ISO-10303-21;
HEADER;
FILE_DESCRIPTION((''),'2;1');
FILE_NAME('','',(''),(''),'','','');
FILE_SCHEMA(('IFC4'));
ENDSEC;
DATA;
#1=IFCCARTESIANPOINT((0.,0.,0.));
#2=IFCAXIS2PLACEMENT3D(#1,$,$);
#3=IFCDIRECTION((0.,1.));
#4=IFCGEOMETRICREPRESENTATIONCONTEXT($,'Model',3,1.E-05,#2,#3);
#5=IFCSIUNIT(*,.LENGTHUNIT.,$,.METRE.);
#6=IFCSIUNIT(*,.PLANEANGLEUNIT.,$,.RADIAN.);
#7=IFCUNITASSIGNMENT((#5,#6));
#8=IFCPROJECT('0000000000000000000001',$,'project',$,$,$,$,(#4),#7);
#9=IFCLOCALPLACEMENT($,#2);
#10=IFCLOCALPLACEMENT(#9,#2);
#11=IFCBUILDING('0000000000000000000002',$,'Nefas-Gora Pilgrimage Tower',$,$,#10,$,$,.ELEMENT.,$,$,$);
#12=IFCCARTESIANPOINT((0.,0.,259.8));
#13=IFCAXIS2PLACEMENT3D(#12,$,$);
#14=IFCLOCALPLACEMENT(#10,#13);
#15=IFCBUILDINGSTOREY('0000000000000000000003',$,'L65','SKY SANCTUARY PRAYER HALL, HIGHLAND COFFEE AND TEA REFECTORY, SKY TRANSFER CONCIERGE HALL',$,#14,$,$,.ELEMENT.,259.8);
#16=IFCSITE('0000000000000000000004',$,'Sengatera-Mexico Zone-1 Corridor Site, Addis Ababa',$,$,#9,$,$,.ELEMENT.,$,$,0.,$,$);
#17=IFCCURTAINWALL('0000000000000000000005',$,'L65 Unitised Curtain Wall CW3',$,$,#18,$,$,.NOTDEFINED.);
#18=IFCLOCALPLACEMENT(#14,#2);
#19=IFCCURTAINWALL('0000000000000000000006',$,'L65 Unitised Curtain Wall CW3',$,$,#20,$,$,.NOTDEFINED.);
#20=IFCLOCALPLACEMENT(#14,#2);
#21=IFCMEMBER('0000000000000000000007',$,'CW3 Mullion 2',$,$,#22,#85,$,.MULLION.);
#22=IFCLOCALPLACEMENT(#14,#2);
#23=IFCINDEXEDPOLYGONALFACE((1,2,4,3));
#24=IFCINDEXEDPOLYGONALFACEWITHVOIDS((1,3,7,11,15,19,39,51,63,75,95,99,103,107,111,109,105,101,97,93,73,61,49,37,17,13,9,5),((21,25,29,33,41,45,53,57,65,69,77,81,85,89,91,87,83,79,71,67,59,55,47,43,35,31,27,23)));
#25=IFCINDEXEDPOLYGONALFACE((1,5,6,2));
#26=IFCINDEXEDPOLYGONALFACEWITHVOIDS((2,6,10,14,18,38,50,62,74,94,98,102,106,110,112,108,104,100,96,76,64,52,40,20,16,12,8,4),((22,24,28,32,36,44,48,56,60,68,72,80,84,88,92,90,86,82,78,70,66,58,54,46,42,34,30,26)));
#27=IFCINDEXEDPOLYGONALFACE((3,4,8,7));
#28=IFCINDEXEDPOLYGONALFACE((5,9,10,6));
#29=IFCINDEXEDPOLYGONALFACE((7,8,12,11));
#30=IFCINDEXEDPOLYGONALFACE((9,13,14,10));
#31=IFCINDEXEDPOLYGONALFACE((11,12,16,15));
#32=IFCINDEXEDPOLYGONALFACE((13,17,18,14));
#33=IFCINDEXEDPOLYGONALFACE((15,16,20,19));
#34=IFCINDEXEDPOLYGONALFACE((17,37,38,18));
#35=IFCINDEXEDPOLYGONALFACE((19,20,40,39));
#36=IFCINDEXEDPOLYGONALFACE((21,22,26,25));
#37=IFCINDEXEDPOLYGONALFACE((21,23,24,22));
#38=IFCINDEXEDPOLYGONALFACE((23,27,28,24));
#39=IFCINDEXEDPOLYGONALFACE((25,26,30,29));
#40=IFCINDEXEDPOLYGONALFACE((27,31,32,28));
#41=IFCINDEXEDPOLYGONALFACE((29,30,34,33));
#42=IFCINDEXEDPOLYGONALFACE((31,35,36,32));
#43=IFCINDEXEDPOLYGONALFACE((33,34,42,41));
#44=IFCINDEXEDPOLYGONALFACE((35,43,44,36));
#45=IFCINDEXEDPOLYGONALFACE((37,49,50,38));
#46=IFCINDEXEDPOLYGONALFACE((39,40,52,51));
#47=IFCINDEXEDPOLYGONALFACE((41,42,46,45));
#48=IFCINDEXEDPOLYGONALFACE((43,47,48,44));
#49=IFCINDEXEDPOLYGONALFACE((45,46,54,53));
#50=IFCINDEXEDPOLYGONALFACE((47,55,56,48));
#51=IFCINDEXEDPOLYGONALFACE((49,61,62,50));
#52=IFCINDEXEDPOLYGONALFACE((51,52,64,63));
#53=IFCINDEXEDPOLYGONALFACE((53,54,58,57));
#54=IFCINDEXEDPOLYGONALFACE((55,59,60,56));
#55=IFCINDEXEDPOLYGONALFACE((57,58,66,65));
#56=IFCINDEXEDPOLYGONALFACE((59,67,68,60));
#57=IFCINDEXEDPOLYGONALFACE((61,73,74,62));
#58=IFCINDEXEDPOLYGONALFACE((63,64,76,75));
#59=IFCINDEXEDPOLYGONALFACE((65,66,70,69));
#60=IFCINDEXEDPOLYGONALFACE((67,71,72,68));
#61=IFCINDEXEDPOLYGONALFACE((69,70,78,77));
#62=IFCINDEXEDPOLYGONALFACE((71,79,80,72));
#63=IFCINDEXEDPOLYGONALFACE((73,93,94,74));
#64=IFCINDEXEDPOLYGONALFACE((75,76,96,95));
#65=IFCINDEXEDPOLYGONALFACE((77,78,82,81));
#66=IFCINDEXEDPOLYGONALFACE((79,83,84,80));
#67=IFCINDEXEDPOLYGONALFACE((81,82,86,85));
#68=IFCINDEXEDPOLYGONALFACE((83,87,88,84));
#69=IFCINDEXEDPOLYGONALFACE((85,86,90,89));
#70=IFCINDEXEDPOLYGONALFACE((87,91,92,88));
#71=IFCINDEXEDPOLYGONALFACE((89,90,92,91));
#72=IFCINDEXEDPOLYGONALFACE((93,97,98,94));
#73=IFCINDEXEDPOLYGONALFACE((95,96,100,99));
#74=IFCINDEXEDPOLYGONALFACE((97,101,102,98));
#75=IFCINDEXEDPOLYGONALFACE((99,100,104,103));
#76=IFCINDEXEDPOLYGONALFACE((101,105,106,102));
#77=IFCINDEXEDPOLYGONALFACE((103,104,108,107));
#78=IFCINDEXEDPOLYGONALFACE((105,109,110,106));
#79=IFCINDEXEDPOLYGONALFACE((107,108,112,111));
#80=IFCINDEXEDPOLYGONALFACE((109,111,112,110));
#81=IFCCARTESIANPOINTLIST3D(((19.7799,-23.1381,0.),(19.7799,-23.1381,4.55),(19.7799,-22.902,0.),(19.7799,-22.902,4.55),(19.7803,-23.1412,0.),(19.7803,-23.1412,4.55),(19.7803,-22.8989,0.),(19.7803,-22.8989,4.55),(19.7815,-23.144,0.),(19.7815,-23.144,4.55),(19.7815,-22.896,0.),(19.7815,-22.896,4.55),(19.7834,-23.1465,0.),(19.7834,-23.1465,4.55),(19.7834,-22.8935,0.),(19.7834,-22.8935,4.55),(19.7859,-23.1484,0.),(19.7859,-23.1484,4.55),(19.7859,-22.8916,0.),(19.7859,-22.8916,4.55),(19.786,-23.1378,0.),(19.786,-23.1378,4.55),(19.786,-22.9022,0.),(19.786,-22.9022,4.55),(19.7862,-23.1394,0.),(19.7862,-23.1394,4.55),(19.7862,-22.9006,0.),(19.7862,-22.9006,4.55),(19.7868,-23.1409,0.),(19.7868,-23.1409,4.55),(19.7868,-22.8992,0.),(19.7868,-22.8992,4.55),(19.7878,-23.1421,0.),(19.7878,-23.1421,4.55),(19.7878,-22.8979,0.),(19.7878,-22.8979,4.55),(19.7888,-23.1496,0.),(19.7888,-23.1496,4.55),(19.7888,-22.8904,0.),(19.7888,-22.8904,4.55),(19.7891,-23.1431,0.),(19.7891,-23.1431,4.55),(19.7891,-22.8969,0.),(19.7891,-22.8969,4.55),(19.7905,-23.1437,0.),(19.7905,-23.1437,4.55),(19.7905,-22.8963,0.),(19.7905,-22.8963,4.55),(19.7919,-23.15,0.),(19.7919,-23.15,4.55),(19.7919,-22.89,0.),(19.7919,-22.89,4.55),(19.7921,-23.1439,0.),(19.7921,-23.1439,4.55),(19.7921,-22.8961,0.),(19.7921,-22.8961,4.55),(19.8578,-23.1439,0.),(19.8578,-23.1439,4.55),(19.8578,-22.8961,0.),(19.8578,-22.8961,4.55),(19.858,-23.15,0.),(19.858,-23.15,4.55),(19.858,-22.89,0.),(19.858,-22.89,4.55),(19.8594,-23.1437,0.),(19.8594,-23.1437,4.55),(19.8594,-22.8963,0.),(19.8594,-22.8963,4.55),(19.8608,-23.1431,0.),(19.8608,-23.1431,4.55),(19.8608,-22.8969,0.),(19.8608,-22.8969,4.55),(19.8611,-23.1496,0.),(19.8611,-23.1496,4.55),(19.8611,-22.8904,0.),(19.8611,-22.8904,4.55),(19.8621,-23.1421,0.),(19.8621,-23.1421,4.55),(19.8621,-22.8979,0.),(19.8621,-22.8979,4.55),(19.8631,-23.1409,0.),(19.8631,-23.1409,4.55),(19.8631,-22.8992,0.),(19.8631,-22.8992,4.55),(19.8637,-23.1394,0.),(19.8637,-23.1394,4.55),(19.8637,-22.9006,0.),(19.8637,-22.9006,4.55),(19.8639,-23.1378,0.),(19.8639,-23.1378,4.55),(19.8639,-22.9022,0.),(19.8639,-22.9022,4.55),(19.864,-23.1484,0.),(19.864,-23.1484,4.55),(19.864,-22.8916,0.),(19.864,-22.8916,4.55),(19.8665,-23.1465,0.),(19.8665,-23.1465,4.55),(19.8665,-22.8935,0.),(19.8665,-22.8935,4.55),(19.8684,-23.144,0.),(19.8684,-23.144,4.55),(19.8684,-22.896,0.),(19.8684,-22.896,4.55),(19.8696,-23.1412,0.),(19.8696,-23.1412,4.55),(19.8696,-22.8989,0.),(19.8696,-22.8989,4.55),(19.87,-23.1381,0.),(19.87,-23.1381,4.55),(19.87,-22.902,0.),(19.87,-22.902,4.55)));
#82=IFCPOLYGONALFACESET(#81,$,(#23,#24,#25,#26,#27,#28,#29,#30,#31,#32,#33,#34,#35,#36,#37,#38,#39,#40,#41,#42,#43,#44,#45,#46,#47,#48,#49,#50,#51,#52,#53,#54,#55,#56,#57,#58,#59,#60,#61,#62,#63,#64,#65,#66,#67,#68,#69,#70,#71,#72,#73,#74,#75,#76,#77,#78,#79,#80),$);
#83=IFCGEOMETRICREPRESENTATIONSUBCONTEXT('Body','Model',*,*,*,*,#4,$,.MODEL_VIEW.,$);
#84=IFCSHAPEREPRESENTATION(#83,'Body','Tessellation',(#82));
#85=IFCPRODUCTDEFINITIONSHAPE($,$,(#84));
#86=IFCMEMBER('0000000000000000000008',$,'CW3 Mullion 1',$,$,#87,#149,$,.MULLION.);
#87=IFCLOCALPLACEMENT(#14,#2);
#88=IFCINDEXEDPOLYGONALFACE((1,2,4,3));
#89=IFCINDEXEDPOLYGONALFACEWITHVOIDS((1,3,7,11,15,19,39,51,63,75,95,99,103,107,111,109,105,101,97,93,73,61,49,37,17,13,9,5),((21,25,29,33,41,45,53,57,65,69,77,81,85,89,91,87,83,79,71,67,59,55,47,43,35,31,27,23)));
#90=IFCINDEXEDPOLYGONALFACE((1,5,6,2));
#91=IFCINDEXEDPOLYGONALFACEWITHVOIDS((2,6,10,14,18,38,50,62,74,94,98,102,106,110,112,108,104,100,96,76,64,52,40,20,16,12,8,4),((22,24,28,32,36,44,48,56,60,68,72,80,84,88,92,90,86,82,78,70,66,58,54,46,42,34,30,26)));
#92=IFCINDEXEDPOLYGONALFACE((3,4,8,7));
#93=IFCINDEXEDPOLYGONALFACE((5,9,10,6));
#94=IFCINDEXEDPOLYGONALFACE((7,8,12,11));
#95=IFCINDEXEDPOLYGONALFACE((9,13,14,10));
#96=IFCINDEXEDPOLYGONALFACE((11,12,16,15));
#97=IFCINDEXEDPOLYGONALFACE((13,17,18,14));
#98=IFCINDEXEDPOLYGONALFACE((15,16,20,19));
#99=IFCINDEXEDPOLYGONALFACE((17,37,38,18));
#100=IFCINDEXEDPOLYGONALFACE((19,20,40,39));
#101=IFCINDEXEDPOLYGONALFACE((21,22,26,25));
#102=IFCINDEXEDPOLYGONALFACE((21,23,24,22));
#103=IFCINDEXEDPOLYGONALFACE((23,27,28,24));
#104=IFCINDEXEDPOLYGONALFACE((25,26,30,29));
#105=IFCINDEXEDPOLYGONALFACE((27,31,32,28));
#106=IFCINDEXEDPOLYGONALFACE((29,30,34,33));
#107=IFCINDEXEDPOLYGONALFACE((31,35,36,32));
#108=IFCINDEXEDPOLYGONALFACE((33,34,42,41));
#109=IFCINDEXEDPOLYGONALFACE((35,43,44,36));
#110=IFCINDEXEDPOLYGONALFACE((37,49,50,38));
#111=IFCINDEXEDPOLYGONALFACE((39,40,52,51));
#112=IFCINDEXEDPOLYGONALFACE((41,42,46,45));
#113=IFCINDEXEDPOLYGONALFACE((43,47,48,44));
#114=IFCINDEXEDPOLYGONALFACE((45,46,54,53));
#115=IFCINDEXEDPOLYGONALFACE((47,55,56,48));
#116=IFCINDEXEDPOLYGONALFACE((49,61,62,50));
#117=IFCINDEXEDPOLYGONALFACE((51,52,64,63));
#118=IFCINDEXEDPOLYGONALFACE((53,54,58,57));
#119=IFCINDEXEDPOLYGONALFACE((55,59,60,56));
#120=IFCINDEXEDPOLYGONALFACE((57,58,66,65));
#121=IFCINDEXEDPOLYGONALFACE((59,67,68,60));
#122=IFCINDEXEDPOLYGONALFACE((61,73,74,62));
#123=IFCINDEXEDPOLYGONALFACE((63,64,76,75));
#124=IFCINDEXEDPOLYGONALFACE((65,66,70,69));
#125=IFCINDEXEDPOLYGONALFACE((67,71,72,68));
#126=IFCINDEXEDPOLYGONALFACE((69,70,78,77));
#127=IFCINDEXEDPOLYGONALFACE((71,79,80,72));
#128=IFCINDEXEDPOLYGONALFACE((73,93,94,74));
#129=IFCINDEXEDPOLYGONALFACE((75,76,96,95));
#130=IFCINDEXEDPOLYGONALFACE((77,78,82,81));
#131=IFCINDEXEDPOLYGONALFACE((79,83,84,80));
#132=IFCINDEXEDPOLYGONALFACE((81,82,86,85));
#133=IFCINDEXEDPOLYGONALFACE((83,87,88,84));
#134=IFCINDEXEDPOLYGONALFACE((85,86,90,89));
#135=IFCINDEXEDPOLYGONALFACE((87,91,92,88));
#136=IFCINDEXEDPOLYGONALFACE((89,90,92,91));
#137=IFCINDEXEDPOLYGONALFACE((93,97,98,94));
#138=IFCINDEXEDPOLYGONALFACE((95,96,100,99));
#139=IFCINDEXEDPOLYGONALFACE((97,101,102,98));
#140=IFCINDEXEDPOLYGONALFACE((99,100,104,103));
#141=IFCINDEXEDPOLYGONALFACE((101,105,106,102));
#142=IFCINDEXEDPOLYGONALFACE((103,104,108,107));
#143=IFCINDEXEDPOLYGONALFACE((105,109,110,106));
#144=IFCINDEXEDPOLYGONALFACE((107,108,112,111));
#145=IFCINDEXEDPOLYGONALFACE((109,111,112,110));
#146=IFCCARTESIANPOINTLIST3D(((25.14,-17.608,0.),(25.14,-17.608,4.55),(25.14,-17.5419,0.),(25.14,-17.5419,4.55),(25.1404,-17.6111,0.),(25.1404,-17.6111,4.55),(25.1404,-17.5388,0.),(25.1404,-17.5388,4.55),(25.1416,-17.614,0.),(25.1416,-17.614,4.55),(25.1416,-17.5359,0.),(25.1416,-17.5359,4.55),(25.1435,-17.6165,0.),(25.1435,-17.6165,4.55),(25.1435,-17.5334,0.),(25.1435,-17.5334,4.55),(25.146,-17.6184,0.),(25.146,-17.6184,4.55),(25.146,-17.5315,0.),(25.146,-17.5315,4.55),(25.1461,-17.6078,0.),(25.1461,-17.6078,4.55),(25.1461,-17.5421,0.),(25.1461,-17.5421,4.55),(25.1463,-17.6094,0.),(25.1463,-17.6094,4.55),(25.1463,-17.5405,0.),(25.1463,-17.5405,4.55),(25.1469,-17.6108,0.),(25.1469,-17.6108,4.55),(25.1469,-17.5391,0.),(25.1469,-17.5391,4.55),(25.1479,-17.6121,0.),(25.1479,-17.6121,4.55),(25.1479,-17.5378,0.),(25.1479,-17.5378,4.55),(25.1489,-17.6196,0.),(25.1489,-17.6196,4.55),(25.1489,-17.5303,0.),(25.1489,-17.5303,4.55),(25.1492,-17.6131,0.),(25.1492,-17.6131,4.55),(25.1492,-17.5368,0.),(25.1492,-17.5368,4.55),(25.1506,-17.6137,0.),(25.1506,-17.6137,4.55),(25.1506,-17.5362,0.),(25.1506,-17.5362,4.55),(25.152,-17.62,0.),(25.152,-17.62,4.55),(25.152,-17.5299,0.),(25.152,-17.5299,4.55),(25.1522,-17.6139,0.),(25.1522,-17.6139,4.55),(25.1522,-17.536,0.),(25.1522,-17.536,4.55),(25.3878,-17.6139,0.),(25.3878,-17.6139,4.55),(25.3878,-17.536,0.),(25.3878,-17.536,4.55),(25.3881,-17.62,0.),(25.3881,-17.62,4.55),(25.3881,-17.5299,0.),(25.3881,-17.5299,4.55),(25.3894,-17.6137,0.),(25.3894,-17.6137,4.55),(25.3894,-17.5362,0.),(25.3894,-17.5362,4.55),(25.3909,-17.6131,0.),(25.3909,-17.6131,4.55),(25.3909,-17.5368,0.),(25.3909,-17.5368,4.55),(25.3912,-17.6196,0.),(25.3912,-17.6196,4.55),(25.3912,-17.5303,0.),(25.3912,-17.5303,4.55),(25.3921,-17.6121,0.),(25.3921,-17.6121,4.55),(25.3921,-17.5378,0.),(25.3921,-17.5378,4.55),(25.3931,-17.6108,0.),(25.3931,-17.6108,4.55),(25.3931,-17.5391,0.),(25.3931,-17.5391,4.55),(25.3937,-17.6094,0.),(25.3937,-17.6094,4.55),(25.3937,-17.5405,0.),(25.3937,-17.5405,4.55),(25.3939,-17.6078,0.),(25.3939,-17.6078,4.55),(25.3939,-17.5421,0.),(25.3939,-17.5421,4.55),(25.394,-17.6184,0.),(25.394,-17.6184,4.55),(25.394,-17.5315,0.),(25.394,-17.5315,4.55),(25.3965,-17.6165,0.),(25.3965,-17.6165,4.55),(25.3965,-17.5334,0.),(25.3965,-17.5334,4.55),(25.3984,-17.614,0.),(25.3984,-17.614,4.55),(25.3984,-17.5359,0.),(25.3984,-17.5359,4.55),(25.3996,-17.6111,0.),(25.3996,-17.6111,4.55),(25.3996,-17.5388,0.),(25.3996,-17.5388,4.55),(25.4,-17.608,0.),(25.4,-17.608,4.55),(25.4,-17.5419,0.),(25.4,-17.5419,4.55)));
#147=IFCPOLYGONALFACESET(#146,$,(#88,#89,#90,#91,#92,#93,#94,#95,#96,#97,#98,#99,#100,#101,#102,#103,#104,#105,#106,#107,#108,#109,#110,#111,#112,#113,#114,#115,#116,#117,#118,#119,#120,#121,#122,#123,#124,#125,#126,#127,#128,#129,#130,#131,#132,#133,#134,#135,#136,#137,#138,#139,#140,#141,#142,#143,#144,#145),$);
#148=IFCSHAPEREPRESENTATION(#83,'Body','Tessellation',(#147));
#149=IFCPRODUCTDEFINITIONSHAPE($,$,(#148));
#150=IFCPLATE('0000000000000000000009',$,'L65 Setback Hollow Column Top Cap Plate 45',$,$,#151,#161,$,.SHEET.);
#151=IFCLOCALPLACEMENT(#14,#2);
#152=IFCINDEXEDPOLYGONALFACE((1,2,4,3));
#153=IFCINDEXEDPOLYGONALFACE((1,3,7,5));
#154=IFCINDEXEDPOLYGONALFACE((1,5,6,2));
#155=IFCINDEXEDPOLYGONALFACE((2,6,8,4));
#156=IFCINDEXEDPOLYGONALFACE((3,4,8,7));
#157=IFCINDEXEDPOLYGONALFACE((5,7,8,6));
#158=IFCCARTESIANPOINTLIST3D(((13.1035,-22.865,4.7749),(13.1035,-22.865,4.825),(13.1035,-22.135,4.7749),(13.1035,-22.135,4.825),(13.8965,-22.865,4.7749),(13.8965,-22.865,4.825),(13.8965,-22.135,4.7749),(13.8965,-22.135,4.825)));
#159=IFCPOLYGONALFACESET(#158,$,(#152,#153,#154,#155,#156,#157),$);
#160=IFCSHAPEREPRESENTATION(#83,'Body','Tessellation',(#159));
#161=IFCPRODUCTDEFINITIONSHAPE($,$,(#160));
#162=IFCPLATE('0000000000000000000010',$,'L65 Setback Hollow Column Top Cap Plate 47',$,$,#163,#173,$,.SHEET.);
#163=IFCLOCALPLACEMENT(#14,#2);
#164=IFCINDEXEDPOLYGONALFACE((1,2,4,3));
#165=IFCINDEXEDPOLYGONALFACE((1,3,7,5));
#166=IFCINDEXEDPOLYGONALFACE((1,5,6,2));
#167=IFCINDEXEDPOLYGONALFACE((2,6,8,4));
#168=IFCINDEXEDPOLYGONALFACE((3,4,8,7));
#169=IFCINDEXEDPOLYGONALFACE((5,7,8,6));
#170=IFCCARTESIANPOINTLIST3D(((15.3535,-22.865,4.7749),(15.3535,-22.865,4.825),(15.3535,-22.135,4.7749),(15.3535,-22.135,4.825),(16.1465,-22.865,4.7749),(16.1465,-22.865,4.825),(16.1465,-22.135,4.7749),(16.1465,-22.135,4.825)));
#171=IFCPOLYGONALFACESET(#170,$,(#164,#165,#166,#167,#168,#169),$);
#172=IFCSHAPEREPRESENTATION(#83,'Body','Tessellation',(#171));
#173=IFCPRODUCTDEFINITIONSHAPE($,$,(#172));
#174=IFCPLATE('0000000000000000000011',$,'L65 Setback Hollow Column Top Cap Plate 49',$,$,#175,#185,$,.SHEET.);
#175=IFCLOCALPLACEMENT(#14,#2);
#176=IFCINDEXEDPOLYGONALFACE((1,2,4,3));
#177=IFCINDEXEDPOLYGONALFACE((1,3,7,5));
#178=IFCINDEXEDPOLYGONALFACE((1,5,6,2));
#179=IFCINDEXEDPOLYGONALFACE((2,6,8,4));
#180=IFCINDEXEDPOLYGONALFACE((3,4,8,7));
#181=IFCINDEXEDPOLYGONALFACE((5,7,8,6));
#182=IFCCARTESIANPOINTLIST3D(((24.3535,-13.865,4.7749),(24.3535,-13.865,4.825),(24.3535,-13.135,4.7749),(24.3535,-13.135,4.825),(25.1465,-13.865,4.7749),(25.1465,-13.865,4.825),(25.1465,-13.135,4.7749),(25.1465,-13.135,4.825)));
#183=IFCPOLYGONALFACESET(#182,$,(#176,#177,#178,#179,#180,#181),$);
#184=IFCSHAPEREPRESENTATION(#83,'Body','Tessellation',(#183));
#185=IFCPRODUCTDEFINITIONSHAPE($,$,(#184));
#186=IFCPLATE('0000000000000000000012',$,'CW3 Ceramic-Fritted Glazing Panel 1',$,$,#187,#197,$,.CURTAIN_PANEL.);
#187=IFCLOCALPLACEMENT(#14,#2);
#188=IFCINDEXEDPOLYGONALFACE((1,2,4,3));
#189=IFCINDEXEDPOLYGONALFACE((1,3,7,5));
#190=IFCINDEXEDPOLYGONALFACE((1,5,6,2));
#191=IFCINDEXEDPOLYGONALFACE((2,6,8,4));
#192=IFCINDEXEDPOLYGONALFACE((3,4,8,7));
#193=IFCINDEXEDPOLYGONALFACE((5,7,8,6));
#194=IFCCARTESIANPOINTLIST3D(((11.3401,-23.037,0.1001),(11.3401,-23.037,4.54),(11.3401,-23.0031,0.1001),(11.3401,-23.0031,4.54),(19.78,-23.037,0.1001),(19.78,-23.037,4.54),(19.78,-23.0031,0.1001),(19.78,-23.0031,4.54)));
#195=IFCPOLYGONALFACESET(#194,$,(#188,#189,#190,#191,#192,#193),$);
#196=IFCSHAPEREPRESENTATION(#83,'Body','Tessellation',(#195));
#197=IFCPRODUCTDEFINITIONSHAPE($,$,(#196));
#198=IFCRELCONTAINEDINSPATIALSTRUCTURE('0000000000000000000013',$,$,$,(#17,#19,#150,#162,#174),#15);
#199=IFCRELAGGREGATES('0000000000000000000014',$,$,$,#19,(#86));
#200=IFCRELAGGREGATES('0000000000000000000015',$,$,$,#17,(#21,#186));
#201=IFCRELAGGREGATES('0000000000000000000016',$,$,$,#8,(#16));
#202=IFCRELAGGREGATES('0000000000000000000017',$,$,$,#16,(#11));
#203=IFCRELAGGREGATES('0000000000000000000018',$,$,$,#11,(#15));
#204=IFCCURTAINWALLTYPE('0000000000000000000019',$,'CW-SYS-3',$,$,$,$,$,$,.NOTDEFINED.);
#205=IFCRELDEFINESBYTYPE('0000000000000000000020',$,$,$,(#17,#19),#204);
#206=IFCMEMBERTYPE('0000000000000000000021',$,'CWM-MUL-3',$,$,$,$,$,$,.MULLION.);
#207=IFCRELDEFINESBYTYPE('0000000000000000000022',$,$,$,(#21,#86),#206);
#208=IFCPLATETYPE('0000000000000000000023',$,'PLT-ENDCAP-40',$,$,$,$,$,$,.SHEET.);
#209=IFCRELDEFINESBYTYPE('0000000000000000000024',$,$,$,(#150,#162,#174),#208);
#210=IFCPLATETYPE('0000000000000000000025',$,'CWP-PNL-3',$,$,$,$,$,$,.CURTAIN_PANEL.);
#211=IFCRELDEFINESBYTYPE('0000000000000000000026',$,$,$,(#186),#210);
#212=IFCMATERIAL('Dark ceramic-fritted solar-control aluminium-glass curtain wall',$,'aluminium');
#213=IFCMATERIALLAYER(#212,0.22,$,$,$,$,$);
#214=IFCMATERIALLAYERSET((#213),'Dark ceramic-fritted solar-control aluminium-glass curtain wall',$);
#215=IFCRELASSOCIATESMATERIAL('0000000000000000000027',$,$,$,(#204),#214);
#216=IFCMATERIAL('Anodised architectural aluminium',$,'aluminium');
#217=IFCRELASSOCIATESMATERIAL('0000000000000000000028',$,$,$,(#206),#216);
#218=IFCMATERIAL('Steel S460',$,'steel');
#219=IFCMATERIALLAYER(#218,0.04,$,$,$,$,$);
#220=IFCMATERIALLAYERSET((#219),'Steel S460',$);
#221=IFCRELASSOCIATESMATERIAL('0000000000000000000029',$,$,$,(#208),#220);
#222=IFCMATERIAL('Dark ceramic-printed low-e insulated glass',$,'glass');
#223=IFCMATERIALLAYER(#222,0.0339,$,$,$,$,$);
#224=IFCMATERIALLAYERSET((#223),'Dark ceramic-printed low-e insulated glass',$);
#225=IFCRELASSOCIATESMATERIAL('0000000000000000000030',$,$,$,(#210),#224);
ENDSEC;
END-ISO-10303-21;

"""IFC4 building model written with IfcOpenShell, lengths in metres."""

from ifc_helpers import new_model, si_unit, direction, frame, origin, origin_2d, place, context, subcontext, project, spatial, rectangle, hollow_rectangle, extrude, source, transform, mapped, material, layer, layer_set, material_profile, profile_set, type_object, element, aggregate, save


model = new_model("IFC4")

# Units and contexts
model_context = context("Model", 3, precision=1e-05, world=origin(), true_north=direction((0.0, 1.0)))
body_context = subcontext(model_context, "Body", "Model", "MODEL_VIEW")
ifc_project = project(units=[si_unit("LENGTHUNIT", "METRE"), si_unit("PLANEANGLEUNIT", "RADIAN")], contexts=[model_context])

# Site, building, storey
site_placement = place(None, origin())
site = spatial("IfcSite", under=ifc_project, at=site_placement, Name="Sengatera-Mexico Zone-1 Corridor Site, Addis Ababa", CompositionType="ELEMENT", RefElevation=0.0)
building_placement = place(site_placement, origin())
building = spatial("IfcBuilding", under=site, at=building_placement, Name="Nefas-Gora Pilgrimage Tower", CompositionType="ELEMENT")
storey_placement = place(building_placement, frame((0.0, 0.0, 259.8)))
storey = spatial("IfcBuildingStorey", under=building, at=storey_placement, Name="L65", Description="SKY SANCTUARY PRAYER HALL, HIGHLAND COFFEE AND TEA REFECTORY, SKY TRANSFER CONCIERGE HALL", CompositionType="ELEMENT", Elevation=259.8)

# Shared definitions
ifc_material_1 = material(Name="Steel S460", Category="steel")

# Curtain walls
ifc_material_2 = material(Name="Dark ceramic-fritted solar-control aluminium-glass curtain wall", Category="aluminium")
ifc_layer_1 = layer(ifc_material_2, 0.22)
ifc_layer_set_1 = layer_set([ifc_layer_1], Name="Dark ceramic-fritted solar-control aluminium-glass curtain wall")
curtain_wall_type = type_object("IfcCurtainWallType", Name="CW-SYS-3", PredefinedType="NOTDEFINED", material=ifc_layer_set_1)
curtain_wall_1_placement = place(storey_placement, origin())
curtain_wall_1 = element("IfcCurtainWall", 1, at=curtain_wall_1_placement, inside=storey, type_object=curtain_wall_type, Name="L65 Unitised Curtain Wall CW3", PredefinedType="NOTDEFINED")
ifc_material_3 = material(Name="Anodised architectural aluminium", Category="aluminium")
curtain_wall_2_placement = place(storey_placement, origin())
curtain_wall_2 = element("IfcCurtainWall", 2, at=curtain_wall_2_placement, inside=storey, type_object=curtain_wall_type, Name="L65 Unitised Curtain Wall CW3", PredefinedType="NOTDEFINED")

# Members
ifc_material_profile_1 = material_profile(ifc_material_3, hollow_rectangle(XDim=0.0901, YDim=0.26, WallThickness=0.0061, InnerFilletRadius=0.0061, OuterFilletRadius=0.012, at=origin_2d()), Name="ALU MULLION 90x260")
ifc_profile_set_1 = profile_set([ifc_material_profile_1], Name="Anodised architectural aluminium")
member_type_1 = type_object("IfcMemberType", Name="CWM-MUL-3", PredefinedType="MULLION", material=ifc_profile_set_1)
shared_shape_1 = source(origin(), body_context, "Body", "SweptSolid", [
    extrude(hollow_rectangle(XDim=0.0901, YDim=0.26, WallThickness=0.0061, InnerFilletRadius=0.0061, OuterFilletRadius=0.012, at=origin_2d()), origin(), (0.0, 0.0, 1.0), 4.55),
])
member_1_placement = place(storey_placement, frame((19.825, -23.02, 0.0), z_axis=(0.0, 0.0, 1.0), x_axis=(1.0, 0.0, 0.0)))
member_1 = element("IfcMember", 3, at=member_1_placement, type_object=member_type_1, Name="CW3 Mullion 2", PredefinedType="MULLION", context=body_context, shape_type="MappedRepresentation", body=[
    mapped(shared_shape_1, transform((0.0, 0.0, 0.0), x_axis=(1.0, 0.0, 0.0), y_axis=(0.0, 1.0, 0.0), z_axis=(0.0, 0.0, 1.0), scale=1.0)),
])
member_2_placement = place(storey_placement, frame((25.27, -17.575, 0.0), z_axis=(0.0, 0.0, 1.0), x_axis=(0.0, 1.0, 0.0)))
member_2 = element("IfcMember", 4, at=member_2_placement, type_object=member_type_1, Name="CW3 Mullion 1", PredefinedType="MULLION", context=body_context, shape_type="MappedRepresentation", body=[
    mapped(shared_shape_1, transform((0.0, 0.0, 0.0), x_axis=(1.0, 0.0, 0.0), y_axis=(0.0, 1.0, 0.0), z_axis=(0.0, 0.0, 1.0), scale=1.0)),
])
aggregate(curtain_wall_2, [member_2])

# Plates
ifc_layer_2 = layer(ifc_material_1, 0.04)
ifc_layer_set_2 = layer_set([ifc_layer_2], Name="Steel S460")
plate_type_1 = type_object("IfcPlateType", Name="PLT-ENDCAP-40", PredefinedType="SHEET", material=ifc_layer_set_2)
shared_shape_2 = source(origin(), body_context, "Body", "SweptSolid", [
    extrude(rectangle(XDim=0.793, YDim=0.73, at=origin_2d()), origin(), (0.0, 0.0, 1.0), 0.05),
])
for number, where, z_axis, x_axis, name in (
    (5, (13.5, -22.5, 4.7749), (0.0, 0.0, 1.0), (1.0, 0.0, 0.0), "L65 Setback Hollow Column Top Cap Plate 45"),
    (6, (15.75, -22.5, 4.7749), (0.0, 0.0, 1.0), (1.0, 0.0, 0.0), "L65 Setback Hollow Column Top Cap Plate 47"),
    (7, (24.75, -13.5, 4.7749), (0.0, 0.0, 1.0), (1.0, 0.0, 0.0), "L65 Setback Hollow Column Top Cap Plate 49"),
):
    element("IfcPlate", number, at=place(storey_placement, frame(where, z_axis=z_axis, x_axis=x_axis)), inside=storey, type_object=plate_type_1, Name=name, PredefinedType="SHEET", context=body_context, shape_type="MappedRepresentation", body=[
        mapped(shared_shape_2, transform((0.0, 0.0, 0.0), x_axis=(1.0, 0.0, 0.0), y_axis=(0.0, 1.0, 0.0), z_axis=(0.0, 0.0, 1.0), scale=1.0)),
    ])

# Plate
ifc_material_4 = material(Name="Dark ceramic-printed low-e insulated glass", Category="glass")
ifc_layer_3 = layer(ifc_material_4, 0.0339)
ifc_layer_set_3 = layer_set([ifc_layer_3], Name="Dark ceramic-printed low-e insulated glass")
plate_type_2 = type_object("IfcPlateType", Name="CWP-PNL-3", PredefinedType="CURTAIN_PANEL", material=ifc_layer_set_3)
shared_shape_3 = source(origin(), body_context, "Body", "SweptSolid", [
    extrude(rectangle(XDim=8.4399, YDim=0.0339, at=origin_2d()), origin(), (0.0, 0.0, 1.0), 4.4399),
])
plate_placement = place(storey_placement, frame((15.5601, -23.02, 0.1001), z_axis=(0.0, 0.0, 1.0), x_axis=(1.0, 0.0, 0.0)))
plate = element("IfcPlate", 8, at=plate_placement, type_object=plate_type_2, Name="CW3 Ceramic-Fritted Glazing Panel 1", PredefinedType="CURTAIN_PANEL", context=body_context, shape_type="MappedRepresentation", body=[
    mapped(shared_shape_3, transform((0.0, 0.0, 0.0), x_axis=(1.0, 0.0, 0.0), y_axis=(0.0, 1.0, 0.0), z_axis=(0.0, 0.0, 1.0), scale=1.0)),
])
aggregate(curtain_wall_1, [member_1, plate])

save(model, "model.ifc")
